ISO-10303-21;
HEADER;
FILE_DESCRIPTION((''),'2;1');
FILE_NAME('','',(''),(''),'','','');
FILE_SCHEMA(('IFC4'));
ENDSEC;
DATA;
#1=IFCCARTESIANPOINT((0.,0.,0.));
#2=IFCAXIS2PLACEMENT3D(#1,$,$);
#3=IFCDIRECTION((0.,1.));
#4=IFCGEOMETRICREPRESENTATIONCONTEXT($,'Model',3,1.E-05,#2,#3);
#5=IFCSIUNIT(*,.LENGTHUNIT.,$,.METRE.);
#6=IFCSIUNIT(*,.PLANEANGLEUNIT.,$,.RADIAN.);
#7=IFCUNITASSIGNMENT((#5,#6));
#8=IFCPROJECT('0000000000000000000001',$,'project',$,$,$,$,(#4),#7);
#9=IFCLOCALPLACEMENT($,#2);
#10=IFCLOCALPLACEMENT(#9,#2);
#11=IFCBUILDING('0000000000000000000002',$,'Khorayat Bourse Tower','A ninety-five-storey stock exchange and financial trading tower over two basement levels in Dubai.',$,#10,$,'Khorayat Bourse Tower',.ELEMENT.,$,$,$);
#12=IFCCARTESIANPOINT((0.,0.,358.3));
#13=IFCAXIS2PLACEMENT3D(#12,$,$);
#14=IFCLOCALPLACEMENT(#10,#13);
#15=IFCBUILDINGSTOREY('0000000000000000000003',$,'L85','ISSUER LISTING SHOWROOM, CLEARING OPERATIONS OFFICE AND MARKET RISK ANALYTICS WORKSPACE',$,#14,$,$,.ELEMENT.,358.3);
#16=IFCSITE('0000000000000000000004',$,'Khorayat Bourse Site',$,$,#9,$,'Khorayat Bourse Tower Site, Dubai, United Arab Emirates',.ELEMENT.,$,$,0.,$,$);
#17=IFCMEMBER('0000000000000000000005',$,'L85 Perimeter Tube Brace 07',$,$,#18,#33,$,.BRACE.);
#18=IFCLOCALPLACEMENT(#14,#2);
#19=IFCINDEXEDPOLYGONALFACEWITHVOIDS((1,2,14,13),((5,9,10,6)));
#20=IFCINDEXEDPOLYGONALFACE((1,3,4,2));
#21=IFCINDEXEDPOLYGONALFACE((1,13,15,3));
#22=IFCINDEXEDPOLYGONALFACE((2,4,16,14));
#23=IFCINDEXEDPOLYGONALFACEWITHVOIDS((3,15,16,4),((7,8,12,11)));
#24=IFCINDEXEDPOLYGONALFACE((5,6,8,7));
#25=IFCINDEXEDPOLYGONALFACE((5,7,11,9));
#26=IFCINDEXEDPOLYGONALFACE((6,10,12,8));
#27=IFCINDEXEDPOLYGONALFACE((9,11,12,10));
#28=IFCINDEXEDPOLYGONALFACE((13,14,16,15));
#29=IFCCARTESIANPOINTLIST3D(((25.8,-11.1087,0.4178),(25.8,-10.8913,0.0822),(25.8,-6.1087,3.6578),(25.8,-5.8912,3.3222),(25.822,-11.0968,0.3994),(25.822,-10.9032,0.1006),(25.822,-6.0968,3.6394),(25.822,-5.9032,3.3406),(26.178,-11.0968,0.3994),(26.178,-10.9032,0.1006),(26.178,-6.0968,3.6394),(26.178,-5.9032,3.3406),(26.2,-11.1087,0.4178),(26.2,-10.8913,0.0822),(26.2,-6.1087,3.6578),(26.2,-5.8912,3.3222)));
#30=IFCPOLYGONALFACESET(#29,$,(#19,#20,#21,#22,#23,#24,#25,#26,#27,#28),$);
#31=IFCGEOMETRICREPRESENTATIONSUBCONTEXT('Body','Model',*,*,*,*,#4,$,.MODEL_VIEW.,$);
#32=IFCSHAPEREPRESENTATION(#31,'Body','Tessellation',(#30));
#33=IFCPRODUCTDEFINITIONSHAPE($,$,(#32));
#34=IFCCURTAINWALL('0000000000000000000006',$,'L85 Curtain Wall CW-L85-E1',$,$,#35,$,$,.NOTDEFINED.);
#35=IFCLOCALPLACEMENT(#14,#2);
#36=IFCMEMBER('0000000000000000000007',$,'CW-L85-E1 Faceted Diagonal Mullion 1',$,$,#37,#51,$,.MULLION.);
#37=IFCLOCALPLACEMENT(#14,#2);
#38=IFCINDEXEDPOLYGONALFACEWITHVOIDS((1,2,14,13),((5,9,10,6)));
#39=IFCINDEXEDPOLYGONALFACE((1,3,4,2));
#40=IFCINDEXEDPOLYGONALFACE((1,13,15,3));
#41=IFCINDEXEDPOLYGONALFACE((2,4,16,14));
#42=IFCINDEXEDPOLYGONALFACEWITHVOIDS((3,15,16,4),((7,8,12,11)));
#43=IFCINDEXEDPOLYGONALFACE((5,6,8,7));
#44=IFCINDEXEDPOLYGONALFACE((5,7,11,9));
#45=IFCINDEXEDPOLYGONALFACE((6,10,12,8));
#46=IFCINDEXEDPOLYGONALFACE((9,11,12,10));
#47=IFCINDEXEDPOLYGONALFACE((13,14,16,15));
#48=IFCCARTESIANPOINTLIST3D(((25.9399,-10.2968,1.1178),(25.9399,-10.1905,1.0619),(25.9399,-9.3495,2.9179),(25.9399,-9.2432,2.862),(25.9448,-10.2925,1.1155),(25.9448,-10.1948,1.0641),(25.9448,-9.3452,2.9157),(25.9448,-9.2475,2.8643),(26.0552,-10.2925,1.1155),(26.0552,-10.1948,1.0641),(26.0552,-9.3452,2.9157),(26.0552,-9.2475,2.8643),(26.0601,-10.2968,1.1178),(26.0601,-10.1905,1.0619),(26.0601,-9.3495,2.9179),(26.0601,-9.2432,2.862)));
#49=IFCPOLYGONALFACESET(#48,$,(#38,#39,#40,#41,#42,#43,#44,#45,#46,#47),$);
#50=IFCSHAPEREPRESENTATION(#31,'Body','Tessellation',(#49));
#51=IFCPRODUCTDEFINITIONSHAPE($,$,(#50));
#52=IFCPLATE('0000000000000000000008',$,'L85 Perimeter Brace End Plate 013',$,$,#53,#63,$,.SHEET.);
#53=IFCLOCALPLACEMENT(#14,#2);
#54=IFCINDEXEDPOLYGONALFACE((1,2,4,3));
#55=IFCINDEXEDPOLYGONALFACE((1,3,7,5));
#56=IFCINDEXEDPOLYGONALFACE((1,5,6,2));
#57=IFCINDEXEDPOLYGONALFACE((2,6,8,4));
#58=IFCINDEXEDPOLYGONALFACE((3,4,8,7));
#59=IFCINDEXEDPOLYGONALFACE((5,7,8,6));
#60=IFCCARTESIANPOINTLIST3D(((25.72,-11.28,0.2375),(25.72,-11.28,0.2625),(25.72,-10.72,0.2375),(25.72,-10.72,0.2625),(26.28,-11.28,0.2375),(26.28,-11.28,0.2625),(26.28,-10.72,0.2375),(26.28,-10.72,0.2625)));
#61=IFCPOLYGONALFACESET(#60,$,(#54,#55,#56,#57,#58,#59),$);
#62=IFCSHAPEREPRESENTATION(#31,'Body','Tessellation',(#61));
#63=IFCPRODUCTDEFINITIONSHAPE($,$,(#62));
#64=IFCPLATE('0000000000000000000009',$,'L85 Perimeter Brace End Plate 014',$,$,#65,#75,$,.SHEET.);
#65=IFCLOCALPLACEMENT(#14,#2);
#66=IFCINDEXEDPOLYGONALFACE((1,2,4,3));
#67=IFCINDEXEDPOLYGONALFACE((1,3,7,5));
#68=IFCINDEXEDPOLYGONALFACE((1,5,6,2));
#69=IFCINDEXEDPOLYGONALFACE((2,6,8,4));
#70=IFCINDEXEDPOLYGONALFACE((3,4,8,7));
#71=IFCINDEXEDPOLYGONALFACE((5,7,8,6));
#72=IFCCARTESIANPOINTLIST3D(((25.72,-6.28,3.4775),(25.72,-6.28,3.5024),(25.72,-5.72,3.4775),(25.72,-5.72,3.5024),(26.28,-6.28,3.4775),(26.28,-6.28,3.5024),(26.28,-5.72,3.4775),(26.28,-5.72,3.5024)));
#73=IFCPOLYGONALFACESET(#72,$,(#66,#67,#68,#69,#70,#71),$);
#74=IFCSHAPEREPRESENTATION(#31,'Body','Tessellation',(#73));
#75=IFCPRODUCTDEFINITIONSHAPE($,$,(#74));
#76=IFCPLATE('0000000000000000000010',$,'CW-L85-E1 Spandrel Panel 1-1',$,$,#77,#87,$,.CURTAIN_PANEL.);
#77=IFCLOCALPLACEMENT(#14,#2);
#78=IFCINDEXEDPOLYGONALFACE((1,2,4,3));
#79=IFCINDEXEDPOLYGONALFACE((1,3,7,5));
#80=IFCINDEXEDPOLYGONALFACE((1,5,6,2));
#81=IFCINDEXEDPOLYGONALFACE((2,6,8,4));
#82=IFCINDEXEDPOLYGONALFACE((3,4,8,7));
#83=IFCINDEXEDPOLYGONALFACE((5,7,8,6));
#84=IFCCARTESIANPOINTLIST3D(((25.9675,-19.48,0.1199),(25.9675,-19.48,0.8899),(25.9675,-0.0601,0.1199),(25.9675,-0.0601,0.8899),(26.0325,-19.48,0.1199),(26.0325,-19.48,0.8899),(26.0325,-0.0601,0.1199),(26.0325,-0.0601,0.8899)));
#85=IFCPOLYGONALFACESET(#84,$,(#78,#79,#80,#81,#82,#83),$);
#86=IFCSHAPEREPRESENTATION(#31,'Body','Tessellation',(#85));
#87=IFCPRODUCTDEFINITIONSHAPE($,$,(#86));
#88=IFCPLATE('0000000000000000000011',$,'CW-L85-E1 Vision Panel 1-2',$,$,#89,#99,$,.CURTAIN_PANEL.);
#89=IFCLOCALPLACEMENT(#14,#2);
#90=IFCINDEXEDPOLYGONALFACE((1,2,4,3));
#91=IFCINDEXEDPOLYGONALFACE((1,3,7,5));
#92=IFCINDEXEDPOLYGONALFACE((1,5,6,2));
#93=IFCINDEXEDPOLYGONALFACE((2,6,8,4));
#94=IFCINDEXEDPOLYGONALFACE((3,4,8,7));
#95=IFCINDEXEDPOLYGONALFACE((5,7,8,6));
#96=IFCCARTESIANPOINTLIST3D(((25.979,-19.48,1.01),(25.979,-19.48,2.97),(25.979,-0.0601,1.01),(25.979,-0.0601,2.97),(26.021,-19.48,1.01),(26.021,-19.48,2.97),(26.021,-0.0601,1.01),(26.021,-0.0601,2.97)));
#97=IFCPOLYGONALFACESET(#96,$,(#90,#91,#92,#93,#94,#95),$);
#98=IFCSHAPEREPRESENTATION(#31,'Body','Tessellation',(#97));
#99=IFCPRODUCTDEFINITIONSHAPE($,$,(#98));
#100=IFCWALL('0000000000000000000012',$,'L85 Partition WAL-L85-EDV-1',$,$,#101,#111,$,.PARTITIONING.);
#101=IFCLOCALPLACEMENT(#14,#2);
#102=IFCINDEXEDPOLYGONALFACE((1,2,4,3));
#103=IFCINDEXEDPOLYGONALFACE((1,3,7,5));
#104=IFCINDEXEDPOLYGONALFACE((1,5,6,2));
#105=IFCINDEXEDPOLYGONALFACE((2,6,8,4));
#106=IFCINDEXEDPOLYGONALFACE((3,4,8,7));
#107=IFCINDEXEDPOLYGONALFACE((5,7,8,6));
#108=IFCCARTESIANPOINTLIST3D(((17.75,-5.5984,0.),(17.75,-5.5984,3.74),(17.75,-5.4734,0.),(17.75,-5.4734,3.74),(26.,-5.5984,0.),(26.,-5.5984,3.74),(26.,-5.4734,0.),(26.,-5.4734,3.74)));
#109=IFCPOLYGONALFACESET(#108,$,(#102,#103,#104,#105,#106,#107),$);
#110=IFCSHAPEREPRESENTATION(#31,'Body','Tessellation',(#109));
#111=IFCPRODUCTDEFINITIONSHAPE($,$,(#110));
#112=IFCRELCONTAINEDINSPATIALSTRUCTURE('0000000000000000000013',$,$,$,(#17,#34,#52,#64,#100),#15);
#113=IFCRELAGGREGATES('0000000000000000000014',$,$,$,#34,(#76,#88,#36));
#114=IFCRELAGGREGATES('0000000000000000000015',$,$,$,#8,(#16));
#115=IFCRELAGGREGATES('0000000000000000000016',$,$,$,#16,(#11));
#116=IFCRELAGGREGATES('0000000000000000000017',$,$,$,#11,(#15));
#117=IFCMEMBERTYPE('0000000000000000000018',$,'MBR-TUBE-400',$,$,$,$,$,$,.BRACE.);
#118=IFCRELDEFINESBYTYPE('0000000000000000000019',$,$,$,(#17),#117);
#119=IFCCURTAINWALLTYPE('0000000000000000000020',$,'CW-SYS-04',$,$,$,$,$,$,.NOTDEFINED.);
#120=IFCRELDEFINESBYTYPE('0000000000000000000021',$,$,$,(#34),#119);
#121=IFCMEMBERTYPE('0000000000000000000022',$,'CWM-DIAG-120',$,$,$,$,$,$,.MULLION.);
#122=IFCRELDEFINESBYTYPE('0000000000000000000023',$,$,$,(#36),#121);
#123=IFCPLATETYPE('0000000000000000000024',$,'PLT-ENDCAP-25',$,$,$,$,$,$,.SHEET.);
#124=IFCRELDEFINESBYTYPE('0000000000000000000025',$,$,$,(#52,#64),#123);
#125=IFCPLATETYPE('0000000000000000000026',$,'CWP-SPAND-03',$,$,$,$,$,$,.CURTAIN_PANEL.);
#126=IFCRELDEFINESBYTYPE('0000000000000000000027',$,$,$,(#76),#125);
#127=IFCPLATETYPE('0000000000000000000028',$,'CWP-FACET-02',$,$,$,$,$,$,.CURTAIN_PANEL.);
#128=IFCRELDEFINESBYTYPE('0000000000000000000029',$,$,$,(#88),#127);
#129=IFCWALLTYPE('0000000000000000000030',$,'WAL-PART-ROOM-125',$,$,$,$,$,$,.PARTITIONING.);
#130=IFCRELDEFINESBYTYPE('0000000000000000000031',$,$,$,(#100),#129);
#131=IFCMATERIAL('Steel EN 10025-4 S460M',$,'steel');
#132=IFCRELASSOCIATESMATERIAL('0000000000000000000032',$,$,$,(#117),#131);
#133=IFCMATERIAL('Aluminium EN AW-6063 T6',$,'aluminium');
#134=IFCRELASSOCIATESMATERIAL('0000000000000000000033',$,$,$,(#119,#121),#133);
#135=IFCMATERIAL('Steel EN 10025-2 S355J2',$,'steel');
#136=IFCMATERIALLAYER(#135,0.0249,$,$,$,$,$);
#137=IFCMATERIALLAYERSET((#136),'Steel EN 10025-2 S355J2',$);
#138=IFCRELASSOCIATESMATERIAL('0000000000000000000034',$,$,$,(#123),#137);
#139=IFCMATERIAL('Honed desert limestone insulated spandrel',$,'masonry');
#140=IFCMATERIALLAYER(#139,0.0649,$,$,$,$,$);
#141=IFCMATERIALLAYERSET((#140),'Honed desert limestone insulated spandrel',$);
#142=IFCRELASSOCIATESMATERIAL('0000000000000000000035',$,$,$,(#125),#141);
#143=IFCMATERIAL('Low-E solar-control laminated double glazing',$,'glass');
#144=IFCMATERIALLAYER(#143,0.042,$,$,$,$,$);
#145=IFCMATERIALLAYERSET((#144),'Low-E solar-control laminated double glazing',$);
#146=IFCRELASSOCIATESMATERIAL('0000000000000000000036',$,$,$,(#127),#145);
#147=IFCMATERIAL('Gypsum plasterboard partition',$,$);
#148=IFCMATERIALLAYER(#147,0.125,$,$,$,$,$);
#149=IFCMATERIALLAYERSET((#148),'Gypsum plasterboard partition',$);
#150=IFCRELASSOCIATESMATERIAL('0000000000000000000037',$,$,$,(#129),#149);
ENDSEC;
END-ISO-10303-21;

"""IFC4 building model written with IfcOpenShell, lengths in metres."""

from ifc_helpers import new_model, si_unit, direction, frame, frame_2d, origin, origin_2d, place, context, subcontext, project, spatial, rectangle, hollow_rectangle, extrude, source, transform, mapped, material, layer, layer_set, material_profile, profile_set, type_object, element, aggregate, save


model = new_model("IFC4")

# Units and contexts
model_context = context("Model", 3, precision=1e-05, world=origin(), true_north=direction((0.0, 1.0)))
body_context = subcontext(model_context, "Body", "Model", "MODEL_VIEW")
ifc_project = project(units=[si_unit("LENGTHUNIT", "METRE"), si_unit("PLANEANGLEUNIT", "RADIAN")], contexts=[model_context])

# Site, building, storey
site_placement = place(None, origin())
site = spatial("IfcSite", under=ifc_project, at=site_placement, Name="Khorayat Bourse Site", LongName="Khorayat Bourse Tower Site, Dubai, United Arab Emirates", CompositionType="ELEMENT", RefElevation=0.0)
building_placement = place(site_placement, origin())
building = spatial("IfcBuilding", under=site, at=building_placement, Name="Khorayat Bourse Tower", Description="A ninety-five-storey stock exchange and financial trading tower over two basement levels in Dubai.", LongName="Khorayat Bourse Tower", CompositionType="ELEMENT")
storey_placement = place(building_placement, frame((0.0, 0.0, 358.3)))
storey = spatial("IfcBuildingStorey", under=building, at=storey_placement, Name="L85", Description="ISSUER LISTING SHOWROOM, CLEARING OPERATIONS OFFICE AND MARKET RISK ANALYTICS WORKSPACE", CompositionType="ELEMENT", Elevation=358.3)

# Shared definitions
ifc_material_1 = material(Name="Steel EN 10025-2 S355J2", Category="steel")

# Member
ifc_material_2 = material(Name="Steel EN 10025-4 S460M", Category="steel")
ifc_material_profile_1 = material_profile(ifc_material_2, hollow_rectangle(XDim=0.3999, YDim=0.3999, WallThickness=0.022, at=origin_2d()), Name="HSS 400x400x22")
ifc_profile_set_1 = profile_set([ifc_material_profile_1], Name="Steel EN 10025-4 S460M")
member_type_1 = type_object("IfcMemberType", Name="MBR-TUBE-400", PredefinedType="BRACE", material=ifc_profile_set_1)
shared_shape_1 = source(origin(), body_context, "Body", "SweptSolid", [
    extrude(hollow_rectangle(XDim=0.3999, YDim=0.3999, WallThickness=0.022, at=origin_2d()), origin(), (0.0, 0.0, 1.0), 5.958),
])
member_1_placement = place(storey_placement, frame((26.0, -11.0, 0.25), z_axis=(0.0, 0.83921, 0.543807), x_axis=(-1.0, 0.0, 0.0)))
element("IfcMember", 1, at=member_1_placement, inside=storey, type_object=member_type_1, Name="L85 Perimeter Tube Brace 07", PredefinedType="BRACE", context=body_context, shape_type="MappedRepresentation", body=[
    mapped(shared_shape_1, transform((0.0, 0.0, 0.0), scale=1.0)),
])

# Curtain wall, member
ifc_material_3 = material(Name="Aluminium EN AW-6063 T6", Category="aluminium")
curtain_wall_type = type_object("IfcCurtainWallType", Name="CW-SYS-04", PredefinedType="NOTDEFINED", material=ifc_material_3)
curtain_wall_placement = place(storey_placement, origin())
curtain_wall = element("IfcCurtainWall", 2, at=curtain_wall_placement, inside=storey, type_object=curtain_wall_type, Name="L85 Curtain Wall CW-L85-E1", PredefinedType="NOTDEFINED")
ifc_material_profile_2 = material_profile(ifc_material_3, hollow_rectangle(XDim=0.1201, YDim=0.1201, WallThickness=0.0049, at=origin_2d()), Name="ALU 120x120x5")
ifc_profile_set_2 = profile_set([ifc_material_profile_2], Name="Aluminium EN AW-6063 T6")
member_type_2 = type_object("IfcMemberType", Name="CWM-DIAG-120", PredefinedType="MULLION", material=ifc_profile_set_2)
shared_shape_2 = source(origin(), body_context, "Body", "SweptSolid", [
    extrude(hollow_rectangle(XDim=0.1201, YDim=0.1201, WallThickness=0.0049, at=origin_2d()), origin(), (0.0, 0.0, 1.0), 2.0342),
])
member_2_placement = place(storey_placement, frame((26.0, -10.2437, 1.0898), z_axis=(0.0, 0.465697, 0.884944), x_axis=(-1.0, 0.0, 0.0)))
member_2 = element("IfcMember", 3, at=member_2_placement, type_object=member_type_2, Name="CW-L85-E1 Faceted Diagonal Mullion 1", PredefinedType="MULLION", context=body_context, shape_type="MappedRepresentation", body=[
    mapped(shared_shape_2, transform((0.0, 0.0, 0.0), scale=1.0)),
])

# Plates
ifc_layer_1 = layer(ifc_material_1, 0.0249)
ifc_layer_set_1 = layer_set([ifc_layer_1], Name="Steel EN 10025-2 S355J2")
plate_type_1 = type_object("IfcPlateType", Name="PLT-ENDCAP-25", PredefinedType="SHEET", material=ifc_layer_set_1)
shared_shape_3 = source(origin(), body_context, "Body", "SweptSolid", [
    extrude(rectangle(XDim=0.5601, YDim=0.5601, at=origin_2d()), origin(), (0.0, 0.0, 1.0), 0.0249),
])
for number, where, z_axis, x_axis, name in (
    (4, (26.0, -11.0, 0.2375), (0.0, 0.0, 1.0), (1.0, 0.0, 0.0), "L85 Perimeter Brace End Plate 013"),
    (5, (26.0, -6.0, 3.4775), (0.0, 0.0, 1.0), (1.0, 0.0, 0.0), "L85 Perimeter Brace End Plate 014"),
):
    element("IfcPlate", number, at=place(storey_placement, frame(where, z_axis=z_axis, x_axis=x_axis)), inside=storey, type_object=plate_type_1, Name=name, PredefinedType="SHEET", context=body_context, shape_type="MappedRepresentation", body=[
        mapped(shared_shape_3, transform((0.0, 0.0, 0.0), scale=1.0)),
    ])

# Plates
ifc_material_4 = material(Name="Honed desert limestone insulated spandrel", Category="masonry")
ifc_layer_2 = layer(ifc_material_4, 0.0649)
ifc_layer_set_2 = layer_set([ifc_layer_2], Name="Honed desert limestone insulated spandrel")
plate_type_2 = type_object("IfcPlateType", Name="CWP-SPAND-03", PredefinedType="CURTAIN_PANEL", material=ifc_layer_set_2)
shared_shape_4 = source(origin(), body_context, "Body", "SweptSolid", [
    extrude(rectangle(XDim=19.4199, YDim=0.0649, at=origin_2d()), origin(), (0.0, 0.0, 1.0), 0.77),
])
plate_1_placement = place(storey_placement, frame((26.0, -9.77, 0.1199), z_axis=(0.0, 0.0, 1.0), x_axis=(0.0, 1.0, 0.0)))
plate_1 = element("IfcPlate", 6, at=plate_1_placement, type_object=plate_type_2, Name="CW-L85-E1 Spandrel Panel 1-1", PredefinedType="CURTAIN_PANEL", context=body_context, shape_type="MappedRepresentation", body=[
    mapped(shared_shape_4, transform((0.0, 0.0, 0.0), scale=1.0)),
])
ifc_material_5 = material(Name="Low-E solar-control laminated double glazing", Category="glass")
ifc_layer_3 = layer(ifc_material_5, 0.042)
ifc_layer_set_3 = layer_set([ifc_layer_3], Name="Low-E solar-control laminated double glazing")
plate_type_3 = type_object("IfcPlateType", Name="CWP-FACET-02", PredefinedType="CURTAIN_PANEL", material=ifc_layer_set_3)
shared_shape_5 = source(origin(), body_context, "Body", "SweptSolid", [
    extrude(rectangle(XDim=19.4199, YDim=0.042, at=origin_2d()), origin(), (0.0, 0.0, 1.0), 1.96),
])
plate_2_placement = place(storey_placement, frame((26.0, -9.77, 1.01), z_axis=(0.0, 0.0, 1.0), x_axis=(0.0, 1.0, 0.0)))
plate_2 = element("IfcPlate", 7, at=plate_2_placement, type_object=plate_type_3, Name="CW-L85-E1 Vision Panel 1-2", PredefinedType="CURTAIN_PANEL", context=body_context, shape_type="MappedRepresentation", body=[
    mapped(shared_shape_5, transform((0.0, 0.0, 0.0), scale=1.0)),
])
aggregate(curtain_wall, [plate_1, plate_2, member_2])

# Wall
ifc_material_6 = material(Name="Gypsum plasterboard partition")
ifc_layer_4 = layer(ifc_material_6, 0.125)
ifc_layer_set_4 = layer_set([ifc_layer_4], Name="Gypsum plasterboard partition")
wall_type = type_object("IfcWallType", Name="WAL-PART-ROOM-125", PredefinedType="PARTITIONING", material=ifc_layer_set_4)
shared_shape_6 = source(origin(), body_context, "Body", "SweptSolid", [
    extrude(rectangle(XDim=8.25, YDim=0.125, at=frame_2d((4.125, 0.0))), origin(), (0.0, 0.0, 1.0), 3.74),
])
wall_placement = place(storey_placement, frame((17.75, -5.5359, 0.0), z_axis=(0.0, 0.0, 1.0), x_axis=(1.0, 0.0, 0.0)))
element("IfcWall", 8, at=wall_placement, inside=storey, type_object=wall_type, Name="L85 Partition WAL-L85-EDV-1", PredefinedType="PARTITIONING", context=body_context, shape_type="MappedRepresentation", body=[
    mapped(shared_shape_6, transform((0.0, 0.0, 0.0), scale=1.0)),
])

save(model, "model.ifc")
